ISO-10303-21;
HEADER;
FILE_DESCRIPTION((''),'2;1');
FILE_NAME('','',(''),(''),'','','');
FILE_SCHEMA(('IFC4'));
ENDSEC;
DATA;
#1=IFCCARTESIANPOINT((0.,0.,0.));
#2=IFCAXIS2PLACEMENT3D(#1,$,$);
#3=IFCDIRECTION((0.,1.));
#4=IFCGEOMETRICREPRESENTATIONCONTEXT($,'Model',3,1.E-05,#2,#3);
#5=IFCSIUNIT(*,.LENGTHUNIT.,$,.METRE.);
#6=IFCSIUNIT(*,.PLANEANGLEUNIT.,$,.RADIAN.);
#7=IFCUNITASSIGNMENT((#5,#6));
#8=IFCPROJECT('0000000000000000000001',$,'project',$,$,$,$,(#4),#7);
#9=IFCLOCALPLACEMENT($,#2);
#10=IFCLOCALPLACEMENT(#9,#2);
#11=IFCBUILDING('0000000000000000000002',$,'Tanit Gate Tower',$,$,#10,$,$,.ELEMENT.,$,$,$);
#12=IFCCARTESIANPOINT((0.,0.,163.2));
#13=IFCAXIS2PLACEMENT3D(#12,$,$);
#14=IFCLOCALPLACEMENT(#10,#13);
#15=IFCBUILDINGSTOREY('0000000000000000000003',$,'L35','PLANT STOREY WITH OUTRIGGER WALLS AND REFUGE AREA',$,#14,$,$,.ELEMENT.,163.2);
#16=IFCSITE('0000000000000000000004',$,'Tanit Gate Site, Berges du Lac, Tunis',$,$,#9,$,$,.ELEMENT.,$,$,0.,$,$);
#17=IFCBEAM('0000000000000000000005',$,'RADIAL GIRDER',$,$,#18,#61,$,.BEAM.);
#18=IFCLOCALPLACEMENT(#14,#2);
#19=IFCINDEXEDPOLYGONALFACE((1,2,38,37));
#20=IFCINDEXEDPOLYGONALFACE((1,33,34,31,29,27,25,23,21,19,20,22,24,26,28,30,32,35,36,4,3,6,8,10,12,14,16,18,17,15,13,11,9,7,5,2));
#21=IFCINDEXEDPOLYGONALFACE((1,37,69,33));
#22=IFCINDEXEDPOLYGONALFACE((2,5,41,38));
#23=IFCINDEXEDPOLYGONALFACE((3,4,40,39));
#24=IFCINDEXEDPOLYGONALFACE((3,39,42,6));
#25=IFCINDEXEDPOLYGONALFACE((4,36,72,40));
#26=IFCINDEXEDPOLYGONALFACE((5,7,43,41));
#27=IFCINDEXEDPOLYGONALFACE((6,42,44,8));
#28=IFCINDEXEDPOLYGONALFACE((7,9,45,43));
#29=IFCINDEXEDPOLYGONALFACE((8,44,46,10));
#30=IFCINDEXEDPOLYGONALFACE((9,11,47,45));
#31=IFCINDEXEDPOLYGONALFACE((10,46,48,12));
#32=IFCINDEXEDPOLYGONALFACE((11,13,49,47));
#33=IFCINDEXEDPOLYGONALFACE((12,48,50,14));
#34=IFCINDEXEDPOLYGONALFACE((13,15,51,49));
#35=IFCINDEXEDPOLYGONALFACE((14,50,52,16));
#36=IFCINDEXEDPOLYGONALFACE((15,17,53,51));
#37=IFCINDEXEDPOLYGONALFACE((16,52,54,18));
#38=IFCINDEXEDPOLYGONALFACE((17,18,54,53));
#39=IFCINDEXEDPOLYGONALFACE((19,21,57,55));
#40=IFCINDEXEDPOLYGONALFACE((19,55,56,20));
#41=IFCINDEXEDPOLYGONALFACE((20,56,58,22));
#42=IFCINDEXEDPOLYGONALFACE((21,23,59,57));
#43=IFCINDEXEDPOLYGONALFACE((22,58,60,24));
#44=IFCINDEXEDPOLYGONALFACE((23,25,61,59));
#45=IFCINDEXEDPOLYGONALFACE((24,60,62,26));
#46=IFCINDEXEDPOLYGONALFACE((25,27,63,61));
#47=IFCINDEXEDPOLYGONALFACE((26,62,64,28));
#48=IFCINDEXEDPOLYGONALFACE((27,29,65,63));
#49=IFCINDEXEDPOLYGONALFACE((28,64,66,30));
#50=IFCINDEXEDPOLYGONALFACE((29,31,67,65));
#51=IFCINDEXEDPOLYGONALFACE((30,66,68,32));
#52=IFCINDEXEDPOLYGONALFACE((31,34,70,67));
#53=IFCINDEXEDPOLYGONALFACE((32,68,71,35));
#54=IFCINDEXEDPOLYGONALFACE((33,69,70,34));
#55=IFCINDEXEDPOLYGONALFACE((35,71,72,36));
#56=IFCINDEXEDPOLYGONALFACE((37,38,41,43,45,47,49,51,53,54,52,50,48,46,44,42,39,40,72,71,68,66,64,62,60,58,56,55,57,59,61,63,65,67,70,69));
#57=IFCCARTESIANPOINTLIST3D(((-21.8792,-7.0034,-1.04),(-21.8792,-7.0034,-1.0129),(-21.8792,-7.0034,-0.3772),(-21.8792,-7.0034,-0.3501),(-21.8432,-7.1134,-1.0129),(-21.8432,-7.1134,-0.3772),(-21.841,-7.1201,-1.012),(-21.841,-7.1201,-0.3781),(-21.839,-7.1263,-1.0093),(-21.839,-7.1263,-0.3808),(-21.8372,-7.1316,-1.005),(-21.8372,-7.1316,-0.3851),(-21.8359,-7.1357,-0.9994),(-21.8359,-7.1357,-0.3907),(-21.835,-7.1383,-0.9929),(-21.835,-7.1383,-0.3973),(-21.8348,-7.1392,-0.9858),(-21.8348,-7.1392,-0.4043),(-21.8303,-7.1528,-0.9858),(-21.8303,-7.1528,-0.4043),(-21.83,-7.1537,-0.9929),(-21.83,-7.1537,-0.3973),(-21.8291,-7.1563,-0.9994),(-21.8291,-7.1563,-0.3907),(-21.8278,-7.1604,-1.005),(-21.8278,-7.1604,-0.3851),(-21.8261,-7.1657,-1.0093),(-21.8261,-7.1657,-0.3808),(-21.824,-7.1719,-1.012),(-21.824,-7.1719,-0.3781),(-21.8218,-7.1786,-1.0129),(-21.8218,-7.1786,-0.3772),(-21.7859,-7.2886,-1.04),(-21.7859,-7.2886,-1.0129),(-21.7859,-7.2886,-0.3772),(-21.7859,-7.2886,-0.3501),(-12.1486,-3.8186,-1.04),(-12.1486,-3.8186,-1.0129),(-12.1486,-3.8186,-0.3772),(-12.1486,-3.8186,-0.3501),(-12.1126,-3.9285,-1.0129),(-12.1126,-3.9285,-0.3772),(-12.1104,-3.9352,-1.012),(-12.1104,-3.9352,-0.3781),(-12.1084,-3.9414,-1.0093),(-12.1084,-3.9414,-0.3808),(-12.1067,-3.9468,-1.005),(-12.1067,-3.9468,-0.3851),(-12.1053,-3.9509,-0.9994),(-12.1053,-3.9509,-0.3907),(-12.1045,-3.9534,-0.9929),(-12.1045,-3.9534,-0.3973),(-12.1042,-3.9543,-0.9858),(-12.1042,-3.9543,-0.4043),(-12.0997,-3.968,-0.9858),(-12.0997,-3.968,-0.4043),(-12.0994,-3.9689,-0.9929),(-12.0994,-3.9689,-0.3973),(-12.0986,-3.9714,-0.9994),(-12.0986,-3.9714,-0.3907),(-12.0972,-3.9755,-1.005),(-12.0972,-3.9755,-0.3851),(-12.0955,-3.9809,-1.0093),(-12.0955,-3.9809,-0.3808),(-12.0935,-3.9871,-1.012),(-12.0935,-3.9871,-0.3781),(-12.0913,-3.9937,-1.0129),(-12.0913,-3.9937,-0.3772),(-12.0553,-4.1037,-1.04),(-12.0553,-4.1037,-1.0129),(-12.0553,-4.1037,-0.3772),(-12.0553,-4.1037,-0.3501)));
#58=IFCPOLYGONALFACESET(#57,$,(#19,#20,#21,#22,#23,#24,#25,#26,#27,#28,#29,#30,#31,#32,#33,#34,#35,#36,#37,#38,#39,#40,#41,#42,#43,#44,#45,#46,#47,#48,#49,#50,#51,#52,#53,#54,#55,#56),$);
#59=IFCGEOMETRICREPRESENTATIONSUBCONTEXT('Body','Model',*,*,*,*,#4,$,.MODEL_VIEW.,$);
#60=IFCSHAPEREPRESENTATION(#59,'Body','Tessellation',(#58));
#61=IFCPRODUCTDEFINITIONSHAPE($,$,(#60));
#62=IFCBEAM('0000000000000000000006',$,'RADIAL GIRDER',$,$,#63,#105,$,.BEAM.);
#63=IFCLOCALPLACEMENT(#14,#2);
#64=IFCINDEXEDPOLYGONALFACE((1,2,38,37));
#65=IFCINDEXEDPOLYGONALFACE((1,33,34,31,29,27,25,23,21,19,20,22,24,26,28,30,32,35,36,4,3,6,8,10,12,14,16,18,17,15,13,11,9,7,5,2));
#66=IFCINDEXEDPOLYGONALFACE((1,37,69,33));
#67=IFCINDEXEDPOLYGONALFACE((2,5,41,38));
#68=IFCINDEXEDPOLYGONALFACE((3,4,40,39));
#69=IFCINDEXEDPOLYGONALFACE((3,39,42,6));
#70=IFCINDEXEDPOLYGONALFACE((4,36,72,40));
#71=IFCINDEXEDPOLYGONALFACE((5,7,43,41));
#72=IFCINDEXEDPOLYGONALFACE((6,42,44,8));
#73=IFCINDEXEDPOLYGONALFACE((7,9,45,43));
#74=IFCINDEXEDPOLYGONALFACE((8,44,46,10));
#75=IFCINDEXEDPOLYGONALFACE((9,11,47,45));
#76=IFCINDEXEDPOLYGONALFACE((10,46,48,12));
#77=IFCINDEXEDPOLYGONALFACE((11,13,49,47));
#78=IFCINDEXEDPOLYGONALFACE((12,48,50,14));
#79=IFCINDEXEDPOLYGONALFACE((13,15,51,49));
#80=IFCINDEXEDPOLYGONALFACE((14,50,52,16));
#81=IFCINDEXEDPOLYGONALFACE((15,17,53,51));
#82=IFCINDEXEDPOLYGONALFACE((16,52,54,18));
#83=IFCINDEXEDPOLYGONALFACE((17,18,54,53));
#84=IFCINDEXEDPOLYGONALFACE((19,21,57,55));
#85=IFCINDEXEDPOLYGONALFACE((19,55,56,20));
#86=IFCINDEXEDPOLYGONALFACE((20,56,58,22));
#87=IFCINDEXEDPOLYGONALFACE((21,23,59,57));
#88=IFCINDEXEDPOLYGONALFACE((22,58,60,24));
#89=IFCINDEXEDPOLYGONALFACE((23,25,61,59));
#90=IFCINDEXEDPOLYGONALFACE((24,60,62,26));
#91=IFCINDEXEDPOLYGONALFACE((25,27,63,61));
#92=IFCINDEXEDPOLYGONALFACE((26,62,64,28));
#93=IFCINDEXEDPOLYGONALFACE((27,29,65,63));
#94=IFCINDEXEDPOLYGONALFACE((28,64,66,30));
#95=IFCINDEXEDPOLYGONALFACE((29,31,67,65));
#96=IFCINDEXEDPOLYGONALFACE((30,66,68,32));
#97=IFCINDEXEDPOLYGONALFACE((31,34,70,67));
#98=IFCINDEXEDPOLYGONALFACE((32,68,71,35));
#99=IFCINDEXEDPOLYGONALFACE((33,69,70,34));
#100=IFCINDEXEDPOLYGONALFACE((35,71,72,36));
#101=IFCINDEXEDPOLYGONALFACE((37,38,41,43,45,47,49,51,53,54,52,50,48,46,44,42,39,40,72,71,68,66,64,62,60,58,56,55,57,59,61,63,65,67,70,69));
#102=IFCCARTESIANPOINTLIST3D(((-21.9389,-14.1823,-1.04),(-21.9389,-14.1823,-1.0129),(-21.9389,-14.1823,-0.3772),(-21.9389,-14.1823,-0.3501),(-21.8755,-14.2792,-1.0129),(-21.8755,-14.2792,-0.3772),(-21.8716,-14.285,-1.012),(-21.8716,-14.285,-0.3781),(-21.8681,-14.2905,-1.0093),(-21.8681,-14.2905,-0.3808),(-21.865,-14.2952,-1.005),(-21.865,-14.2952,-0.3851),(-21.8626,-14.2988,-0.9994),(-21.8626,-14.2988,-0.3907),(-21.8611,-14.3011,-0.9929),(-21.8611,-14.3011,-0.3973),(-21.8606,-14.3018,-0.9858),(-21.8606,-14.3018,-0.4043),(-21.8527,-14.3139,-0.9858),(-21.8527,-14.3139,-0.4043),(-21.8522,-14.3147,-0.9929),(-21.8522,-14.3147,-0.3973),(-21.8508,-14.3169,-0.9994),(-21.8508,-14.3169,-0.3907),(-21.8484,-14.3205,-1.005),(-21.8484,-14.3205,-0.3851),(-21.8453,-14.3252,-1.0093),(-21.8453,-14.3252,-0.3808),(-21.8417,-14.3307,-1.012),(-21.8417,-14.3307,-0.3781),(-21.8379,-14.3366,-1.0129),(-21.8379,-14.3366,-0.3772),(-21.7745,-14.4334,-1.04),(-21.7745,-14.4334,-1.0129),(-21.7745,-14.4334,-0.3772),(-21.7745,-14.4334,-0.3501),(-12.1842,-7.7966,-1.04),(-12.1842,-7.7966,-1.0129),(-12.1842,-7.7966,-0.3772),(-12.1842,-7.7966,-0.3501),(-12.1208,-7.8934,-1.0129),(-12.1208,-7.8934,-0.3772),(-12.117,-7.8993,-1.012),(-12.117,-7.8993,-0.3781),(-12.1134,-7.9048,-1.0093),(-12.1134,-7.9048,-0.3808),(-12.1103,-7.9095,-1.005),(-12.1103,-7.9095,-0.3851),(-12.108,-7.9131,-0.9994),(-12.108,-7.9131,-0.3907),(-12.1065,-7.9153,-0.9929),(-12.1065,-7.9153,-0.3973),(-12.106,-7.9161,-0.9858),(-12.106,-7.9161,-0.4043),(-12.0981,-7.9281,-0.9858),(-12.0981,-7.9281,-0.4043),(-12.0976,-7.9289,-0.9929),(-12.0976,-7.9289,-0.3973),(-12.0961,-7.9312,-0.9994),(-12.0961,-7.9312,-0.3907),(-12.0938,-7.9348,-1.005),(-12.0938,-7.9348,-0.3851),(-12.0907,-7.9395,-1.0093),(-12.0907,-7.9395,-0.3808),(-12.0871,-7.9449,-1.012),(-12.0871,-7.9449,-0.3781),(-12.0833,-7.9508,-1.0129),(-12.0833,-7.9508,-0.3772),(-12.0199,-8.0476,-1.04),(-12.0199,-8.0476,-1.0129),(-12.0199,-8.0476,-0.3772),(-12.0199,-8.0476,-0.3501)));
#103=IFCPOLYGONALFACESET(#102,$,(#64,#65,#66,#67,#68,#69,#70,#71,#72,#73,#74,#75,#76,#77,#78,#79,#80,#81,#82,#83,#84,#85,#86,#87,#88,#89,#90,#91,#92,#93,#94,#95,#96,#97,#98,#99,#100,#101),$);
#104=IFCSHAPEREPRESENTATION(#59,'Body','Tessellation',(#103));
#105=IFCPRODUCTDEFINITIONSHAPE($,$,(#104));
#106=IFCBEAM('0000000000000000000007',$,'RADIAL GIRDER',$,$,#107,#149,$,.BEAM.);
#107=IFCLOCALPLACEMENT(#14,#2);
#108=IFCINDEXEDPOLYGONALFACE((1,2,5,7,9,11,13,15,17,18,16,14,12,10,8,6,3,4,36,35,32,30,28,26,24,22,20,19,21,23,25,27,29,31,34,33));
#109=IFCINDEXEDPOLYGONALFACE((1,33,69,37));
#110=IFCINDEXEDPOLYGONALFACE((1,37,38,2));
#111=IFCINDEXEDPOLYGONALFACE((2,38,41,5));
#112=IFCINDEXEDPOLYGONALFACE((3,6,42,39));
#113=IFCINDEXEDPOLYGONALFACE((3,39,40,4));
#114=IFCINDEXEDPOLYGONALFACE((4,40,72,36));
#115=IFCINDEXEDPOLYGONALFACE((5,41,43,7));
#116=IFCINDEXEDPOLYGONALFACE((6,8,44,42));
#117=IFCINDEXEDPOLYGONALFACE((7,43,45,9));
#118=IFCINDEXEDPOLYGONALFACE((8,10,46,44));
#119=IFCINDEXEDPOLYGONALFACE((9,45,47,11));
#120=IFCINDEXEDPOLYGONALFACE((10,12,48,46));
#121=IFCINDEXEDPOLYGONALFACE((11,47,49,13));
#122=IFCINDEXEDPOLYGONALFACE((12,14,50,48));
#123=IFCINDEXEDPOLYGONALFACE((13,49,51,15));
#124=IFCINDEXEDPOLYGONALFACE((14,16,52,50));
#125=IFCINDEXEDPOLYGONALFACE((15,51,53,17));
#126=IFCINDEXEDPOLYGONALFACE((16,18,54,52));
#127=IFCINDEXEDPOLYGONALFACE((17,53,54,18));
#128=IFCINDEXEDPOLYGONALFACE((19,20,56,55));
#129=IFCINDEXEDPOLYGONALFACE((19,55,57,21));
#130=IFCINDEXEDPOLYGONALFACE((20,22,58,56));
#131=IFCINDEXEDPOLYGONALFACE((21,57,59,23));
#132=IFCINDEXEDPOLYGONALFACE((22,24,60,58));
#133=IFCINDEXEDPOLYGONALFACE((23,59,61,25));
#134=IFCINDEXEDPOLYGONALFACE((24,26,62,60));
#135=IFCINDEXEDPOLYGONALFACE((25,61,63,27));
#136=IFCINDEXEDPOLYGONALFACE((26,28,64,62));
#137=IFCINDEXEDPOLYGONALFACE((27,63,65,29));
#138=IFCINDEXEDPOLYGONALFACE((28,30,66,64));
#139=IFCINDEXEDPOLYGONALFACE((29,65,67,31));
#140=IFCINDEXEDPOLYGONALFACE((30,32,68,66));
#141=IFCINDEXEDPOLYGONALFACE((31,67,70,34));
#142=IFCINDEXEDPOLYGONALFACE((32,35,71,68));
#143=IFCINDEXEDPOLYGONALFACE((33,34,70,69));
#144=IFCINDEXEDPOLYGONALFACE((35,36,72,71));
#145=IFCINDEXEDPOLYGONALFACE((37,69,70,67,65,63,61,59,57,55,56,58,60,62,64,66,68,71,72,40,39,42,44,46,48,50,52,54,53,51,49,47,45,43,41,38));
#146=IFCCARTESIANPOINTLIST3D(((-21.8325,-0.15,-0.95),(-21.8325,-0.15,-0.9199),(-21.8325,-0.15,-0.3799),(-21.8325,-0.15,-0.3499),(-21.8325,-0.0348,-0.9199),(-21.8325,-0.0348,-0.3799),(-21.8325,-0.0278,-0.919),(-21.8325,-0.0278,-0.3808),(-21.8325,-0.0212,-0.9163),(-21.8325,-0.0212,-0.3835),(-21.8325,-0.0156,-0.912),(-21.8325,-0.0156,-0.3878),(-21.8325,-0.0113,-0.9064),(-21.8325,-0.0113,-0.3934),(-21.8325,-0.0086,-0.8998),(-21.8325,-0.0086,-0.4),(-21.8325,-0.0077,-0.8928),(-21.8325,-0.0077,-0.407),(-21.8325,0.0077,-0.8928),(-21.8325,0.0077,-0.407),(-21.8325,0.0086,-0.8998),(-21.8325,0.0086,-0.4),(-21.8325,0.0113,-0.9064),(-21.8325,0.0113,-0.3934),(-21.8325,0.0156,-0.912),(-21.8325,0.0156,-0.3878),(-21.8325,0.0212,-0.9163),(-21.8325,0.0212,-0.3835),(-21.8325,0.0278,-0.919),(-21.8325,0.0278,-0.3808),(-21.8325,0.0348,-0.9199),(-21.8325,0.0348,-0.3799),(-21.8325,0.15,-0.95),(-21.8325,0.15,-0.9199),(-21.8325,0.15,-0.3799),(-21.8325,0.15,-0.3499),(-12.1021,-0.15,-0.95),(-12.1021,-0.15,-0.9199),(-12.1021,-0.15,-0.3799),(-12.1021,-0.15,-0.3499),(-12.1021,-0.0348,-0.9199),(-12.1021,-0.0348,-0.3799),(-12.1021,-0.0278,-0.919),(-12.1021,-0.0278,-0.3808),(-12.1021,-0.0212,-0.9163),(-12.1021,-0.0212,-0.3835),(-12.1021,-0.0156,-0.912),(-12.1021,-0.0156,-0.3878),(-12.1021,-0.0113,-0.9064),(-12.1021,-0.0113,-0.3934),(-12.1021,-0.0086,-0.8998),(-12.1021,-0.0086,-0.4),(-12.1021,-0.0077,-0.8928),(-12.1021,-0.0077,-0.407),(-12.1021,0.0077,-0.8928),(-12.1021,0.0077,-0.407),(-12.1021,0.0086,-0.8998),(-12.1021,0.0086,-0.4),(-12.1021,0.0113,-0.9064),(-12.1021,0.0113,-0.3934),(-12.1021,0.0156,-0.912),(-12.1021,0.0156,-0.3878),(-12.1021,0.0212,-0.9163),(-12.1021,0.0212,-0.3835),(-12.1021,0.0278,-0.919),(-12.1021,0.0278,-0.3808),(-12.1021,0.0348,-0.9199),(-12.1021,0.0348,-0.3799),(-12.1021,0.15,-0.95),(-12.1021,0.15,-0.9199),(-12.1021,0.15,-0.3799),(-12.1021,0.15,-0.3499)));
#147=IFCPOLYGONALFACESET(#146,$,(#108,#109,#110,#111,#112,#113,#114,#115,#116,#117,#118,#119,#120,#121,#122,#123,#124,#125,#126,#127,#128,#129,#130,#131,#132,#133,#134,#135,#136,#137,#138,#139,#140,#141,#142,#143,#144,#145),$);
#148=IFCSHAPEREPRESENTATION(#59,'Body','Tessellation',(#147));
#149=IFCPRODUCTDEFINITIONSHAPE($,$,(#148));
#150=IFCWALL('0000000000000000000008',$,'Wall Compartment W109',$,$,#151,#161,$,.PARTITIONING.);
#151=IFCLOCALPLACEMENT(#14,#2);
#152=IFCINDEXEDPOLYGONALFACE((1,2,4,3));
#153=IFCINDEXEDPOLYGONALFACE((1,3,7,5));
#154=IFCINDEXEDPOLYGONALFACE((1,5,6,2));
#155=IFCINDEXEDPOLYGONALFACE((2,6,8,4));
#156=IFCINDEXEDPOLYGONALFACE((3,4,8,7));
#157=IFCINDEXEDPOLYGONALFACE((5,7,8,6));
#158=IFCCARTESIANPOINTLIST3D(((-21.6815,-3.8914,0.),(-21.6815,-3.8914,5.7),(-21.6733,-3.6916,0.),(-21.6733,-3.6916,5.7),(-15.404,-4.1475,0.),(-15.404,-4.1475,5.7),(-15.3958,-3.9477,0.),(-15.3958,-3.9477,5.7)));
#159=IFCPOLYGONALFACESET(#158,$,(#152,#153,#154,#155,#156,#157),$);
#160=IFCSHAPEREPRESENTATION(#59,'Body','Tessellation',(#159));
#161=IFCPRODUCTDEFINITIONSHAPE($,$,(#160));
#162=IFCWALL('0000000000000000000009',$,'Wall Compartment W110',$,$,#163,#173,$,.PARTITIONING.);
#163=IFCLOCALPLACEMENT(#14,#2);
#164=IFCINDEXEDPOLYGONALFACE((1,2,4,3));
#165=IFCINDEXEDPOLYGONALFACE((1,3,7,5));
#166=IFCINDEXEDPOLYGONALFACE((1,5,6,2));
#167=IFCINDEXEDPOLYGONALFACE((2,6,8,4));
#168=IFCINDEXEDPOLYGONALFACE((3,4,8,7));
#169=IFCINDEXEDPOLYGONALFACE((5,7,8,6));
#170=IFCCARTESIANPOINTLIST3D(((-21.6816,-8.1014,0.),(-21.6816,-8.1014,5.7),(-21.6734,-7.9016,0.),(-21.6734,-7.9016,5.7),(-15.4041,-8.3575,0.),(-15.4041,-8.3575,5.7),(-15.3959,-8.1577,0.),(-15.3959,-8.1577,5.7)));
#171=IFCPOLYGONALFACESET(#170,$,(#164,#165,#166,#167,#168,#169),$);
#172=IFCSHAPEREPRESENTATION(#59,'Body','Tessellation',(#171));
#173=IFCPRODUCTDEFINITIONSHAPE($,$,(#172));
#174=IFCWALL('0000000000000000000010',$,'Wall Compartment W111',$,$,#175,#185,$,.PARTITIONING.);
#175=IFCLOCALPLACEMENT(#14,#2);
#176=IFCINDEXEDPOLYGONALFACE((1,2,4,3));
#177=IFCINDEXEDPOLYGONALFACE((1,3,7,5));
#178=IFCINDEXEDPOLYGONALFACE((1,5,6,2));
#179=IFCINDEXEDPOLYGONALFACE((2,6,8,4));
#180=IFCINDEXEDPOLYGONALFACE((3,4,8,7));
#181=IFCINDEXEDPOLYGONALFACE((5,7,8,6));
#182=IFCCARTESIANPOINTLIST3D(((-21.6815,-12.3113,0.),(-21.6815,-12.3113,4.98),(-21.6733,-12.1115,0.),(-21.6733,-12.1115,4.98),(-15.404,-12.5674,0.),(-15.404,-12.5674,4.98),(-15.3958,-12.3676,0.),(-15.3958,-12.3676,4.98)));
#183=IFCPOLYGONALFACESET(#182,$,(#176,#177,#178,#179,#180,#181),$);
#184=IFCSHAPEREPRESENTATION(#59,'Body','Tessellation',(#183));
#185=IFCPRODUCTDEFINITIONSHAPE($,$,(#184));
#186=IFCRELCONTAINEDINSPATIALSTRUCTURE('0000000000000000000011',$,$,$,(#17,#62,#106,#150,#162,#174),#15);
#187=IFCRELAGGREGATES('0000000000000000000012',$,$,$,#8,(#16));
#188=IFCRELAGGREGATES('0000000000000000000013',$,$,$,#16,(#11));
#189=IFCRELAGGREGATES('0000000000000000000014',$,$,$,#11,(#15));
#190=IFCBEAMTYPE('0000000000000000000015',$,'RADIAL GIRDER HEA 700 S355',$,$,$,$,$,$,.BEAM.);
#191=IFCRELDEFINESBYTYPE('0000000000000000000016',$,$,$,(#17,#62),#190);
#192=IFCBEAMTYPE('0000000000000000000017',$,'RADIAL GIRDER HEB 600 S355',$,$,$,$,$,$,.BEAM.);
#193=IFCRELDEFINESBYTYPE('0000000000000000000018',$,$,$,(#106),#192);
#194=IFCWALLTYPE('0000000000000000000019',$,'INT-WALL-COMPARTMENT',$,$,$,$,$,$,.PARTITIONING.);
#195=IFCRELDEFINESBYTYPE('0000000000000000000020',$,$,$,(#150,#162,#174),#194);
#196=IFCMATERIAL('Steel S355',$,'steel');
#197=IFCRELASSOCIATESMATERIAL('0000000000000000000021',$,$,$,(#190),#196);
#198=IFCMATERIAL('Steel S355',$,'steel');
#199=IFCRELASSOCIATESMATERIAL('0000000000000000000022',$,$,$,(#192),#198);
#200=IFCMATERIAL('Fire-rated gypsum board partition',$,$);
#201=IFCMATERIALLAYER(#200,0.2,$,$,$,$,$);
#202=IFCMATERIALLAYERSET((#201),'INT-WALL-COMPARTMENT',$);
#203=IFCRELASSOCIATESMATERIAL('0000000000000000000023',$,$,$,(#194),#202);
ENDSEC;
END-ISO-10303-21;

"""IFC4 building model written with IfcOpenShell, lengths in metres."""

from ifc_helpers import new_model, si_unit, direction, frame, frame_2d, origin, origin_2d, place, context, subcontext, project, spatial, rectangle, i_section, extrude, material, layer, layer_set, material_profile, profile_set, type_object, element, save


model = new_model("IFC4")

# Units and contexts
model_context = context("Model", 3, precision=1e-05, world=origin(), true_north=direction((0.0, 1.0)))
body_context = subcontext(model_context, "Body", "Model", "MODEL_VIEW")
ifc_project = project(units=[si_unit("LENGTHUNIT", "METRE"), si_unit("PLANEANGLEUNIT", "RADIAN")], contexts=[model_context])

# Site, building, storey
site_placement = place(None, origin())
site = spatial("IfcSite", under=ifc_project, at=site_placement, Name="Tanit Gate Site, Berges du Lac, Tunis", CompositionType="ELEMENT", RefElevation=0.0)
building_placement = place(site_placement, origin())
building = spatial("IfcBuilding", under=site, at=building_placement, Name="Tanit Gate Tower", CompositionType="ELEMENT")
storey_placement = place(building_placement, frame((0.0, 0.0, 163.2)))
storey = spatial("IfcBuildingStorey", under=building, at=storey_placement, Name="L35", Description="PLANT STOREY WITH OUTRIGGER WALLS AND REFUGE AREA", CompositionType="ELEMENT", Elevation=163.2)

# Beams
ifc_material_1 = material(Name="Steel S355", Category="steel")
ifc_material_profile_1 = material_profile(ifc_material_1, i_section(OverallWidth=0.3, OverallDepth=0.6899, WebThickness=0.0144, FlangeThickness=0.0271, FilletRadius=0.0271, at=origin_2d()), Name="HEA 700")
ifc_profile_set_1 = profile_set([ifc_material_profile_1], Name="Steel S355")
beam_type_1 = type_object("IfcBeamType", Name="RADIAL GIRDER HEA 700 S355", PredefinedType="BEAM", material=ifc_profile_set_1)
beam_1_placement = place(storey_placement, frame((-21.8325, -7.146, -0.6951), z_axis=(0.950389, 0.311065, 0.0), x_axis=(-0.311065, 0.950389, 0.0)))
element("IfcBeam", 1, at=beam_1_placement, inside=storey, type_object=beam_type_1, Name="RADIAL GIRDER", PredefinedType="BEAM", context=body_context, shape_type="SweptSolid", body=[
    extrude(i_section(OverallWidth=0.3, OverallDepth=0.6899, WebThickness=0.0144, FlangeThickness=0.0271, FilletRadius=0.0271, at=origin_2d()), origin(), (0.0, 0.0, 1.0), 10.2385),
])
beam_2_placement = place(storey_placement, frame((-21.8567, -14.3079, -0.6951), z_axis=(0.836667, 0.547712, 0.0), x_axis=(-0.547712, 0.836667, 0.0)))
element("IfcBeam", 2, at=beam_2_placement, inside=storey, type_object=beam_type_1, Name="RADIAL GIRDER", PredefinedType="BEAM", context=body_context, shape_type="SweptSolid", body=[
    extrude(i_section(OverallWidth=0.3, OverallDepth=0.6899, WebThickness=0.0144, FlangeThickness=0.0271, FilletRadius=0.0271, at=origin_2d()), origin(), (0.0, 0.0, 1.0), 11.6589),
])
ifc_material_2 = material(Name="Steel S355", Category="steel")
ifc_material_profile_2 = material_profile(ifc_material_2, i_section(OverallWidth=0.3, OverallDepth=0.6001, WebThickness=0.0154, FlangeThickness=0.03, FilletRadius=0.0271, at=origin_2d()), Name="HEB 600")
ifc_profile_set_2 = profile_set([ifc_material_profile_2], Name="Steel S355")
beam_type_2 = type_object("IfcBeamType", Name="RADIAL GIRDER HEB 600 S355", PredefinedType="BEAM", material=ifc_profile_set_2)
beam_3_placement = place(storey_placement, frame((-21.8325, 0.0, -0.6499), z_axis=(1.0, 0.0, 0.0), x_axis=(0.0, 1.0, 0.0)))
element("IfcBeam", 3, at=beam_3_placement, inside=storey, type_object=beam_type_2, Name="RADIAL GIRDER", PredefinedType="BEAM", context=body_context, shape_type="SweptSolid", body=[
    extrude(i_section(OverallWidth=0.3, OverallDepth=0.6001, WebThickness=0.0154, FlangeThickness=0.03, FilletRadius=0.0271, at=origin_2d()), origin(), (0.0, 0.0, 1.0), 9.7305),
])

# Walls
ifc_material_3 = material(Name="Fire-rated gypsum board partition")
ifc_layer_1 = layer(ifc_material_3, 0.2)
ifc_layer_set_1 = layer_set([ifc_layer_1], Name="INT-WALL-COMPARTMENT")
wall_type_1 = type_object("IfcWallType", Name="INT-WALL-COMPARTMENT", PredefinedType="PARTITIONING", material=ifc_layer_set_1)
for number, where, z_axis, x_axis, name in (
    (4, (-15.3999, -4.0476, 0.0), (0.0, 0.0, 1.0), (-0.999169, 0.040763, 0.0), "Wall Compartment W109"),
    (5, (-21.6775, -8.0015, 0.0), (0.0, 0.0, 1.0), (0.999169, -0.040763, 0.0), "Wall Compartment W110"),
):
    element("IfcWall", number, at=place(storey_placement, frame(where, z_axis=z_axis, x_axis=x_axis)), inside=storey, type_object=wall_type_1, Name=name, PredefinedType="PARTITIONING", context=body_context, shape_type="SweptSolid", body=[
        extrude(rectangle(XDim=6.2827, YDim=0.2, at=frame_2d((3.1414, 0.0))), origin(), (0.0, 0.0, 1.0), 5.7),
    ])
wall_1_placement = place(storey_placement, frame((-15.3999, -12.4675, 0.0), z_axis=(0.0, 0.0, 1.0), x_axis=(-0.999169, 0.040763, 0.0)))
element("IfcWall", 6, at=wall_1_placement, inside=storey, type_object=wall_type_1, Name="Wall Compartment W111", PredefinedType="PARTITIONING", context=body_context, shape_type="SweptSolid", body=[
    extrude(rectangle(XDim=6.2827, YDim=0.2, at=frame_2d((3.1414, 0.0))), origin(), (0.0, 0.0, 1.0), 4.98),
])

save(model, "model.ifc")
